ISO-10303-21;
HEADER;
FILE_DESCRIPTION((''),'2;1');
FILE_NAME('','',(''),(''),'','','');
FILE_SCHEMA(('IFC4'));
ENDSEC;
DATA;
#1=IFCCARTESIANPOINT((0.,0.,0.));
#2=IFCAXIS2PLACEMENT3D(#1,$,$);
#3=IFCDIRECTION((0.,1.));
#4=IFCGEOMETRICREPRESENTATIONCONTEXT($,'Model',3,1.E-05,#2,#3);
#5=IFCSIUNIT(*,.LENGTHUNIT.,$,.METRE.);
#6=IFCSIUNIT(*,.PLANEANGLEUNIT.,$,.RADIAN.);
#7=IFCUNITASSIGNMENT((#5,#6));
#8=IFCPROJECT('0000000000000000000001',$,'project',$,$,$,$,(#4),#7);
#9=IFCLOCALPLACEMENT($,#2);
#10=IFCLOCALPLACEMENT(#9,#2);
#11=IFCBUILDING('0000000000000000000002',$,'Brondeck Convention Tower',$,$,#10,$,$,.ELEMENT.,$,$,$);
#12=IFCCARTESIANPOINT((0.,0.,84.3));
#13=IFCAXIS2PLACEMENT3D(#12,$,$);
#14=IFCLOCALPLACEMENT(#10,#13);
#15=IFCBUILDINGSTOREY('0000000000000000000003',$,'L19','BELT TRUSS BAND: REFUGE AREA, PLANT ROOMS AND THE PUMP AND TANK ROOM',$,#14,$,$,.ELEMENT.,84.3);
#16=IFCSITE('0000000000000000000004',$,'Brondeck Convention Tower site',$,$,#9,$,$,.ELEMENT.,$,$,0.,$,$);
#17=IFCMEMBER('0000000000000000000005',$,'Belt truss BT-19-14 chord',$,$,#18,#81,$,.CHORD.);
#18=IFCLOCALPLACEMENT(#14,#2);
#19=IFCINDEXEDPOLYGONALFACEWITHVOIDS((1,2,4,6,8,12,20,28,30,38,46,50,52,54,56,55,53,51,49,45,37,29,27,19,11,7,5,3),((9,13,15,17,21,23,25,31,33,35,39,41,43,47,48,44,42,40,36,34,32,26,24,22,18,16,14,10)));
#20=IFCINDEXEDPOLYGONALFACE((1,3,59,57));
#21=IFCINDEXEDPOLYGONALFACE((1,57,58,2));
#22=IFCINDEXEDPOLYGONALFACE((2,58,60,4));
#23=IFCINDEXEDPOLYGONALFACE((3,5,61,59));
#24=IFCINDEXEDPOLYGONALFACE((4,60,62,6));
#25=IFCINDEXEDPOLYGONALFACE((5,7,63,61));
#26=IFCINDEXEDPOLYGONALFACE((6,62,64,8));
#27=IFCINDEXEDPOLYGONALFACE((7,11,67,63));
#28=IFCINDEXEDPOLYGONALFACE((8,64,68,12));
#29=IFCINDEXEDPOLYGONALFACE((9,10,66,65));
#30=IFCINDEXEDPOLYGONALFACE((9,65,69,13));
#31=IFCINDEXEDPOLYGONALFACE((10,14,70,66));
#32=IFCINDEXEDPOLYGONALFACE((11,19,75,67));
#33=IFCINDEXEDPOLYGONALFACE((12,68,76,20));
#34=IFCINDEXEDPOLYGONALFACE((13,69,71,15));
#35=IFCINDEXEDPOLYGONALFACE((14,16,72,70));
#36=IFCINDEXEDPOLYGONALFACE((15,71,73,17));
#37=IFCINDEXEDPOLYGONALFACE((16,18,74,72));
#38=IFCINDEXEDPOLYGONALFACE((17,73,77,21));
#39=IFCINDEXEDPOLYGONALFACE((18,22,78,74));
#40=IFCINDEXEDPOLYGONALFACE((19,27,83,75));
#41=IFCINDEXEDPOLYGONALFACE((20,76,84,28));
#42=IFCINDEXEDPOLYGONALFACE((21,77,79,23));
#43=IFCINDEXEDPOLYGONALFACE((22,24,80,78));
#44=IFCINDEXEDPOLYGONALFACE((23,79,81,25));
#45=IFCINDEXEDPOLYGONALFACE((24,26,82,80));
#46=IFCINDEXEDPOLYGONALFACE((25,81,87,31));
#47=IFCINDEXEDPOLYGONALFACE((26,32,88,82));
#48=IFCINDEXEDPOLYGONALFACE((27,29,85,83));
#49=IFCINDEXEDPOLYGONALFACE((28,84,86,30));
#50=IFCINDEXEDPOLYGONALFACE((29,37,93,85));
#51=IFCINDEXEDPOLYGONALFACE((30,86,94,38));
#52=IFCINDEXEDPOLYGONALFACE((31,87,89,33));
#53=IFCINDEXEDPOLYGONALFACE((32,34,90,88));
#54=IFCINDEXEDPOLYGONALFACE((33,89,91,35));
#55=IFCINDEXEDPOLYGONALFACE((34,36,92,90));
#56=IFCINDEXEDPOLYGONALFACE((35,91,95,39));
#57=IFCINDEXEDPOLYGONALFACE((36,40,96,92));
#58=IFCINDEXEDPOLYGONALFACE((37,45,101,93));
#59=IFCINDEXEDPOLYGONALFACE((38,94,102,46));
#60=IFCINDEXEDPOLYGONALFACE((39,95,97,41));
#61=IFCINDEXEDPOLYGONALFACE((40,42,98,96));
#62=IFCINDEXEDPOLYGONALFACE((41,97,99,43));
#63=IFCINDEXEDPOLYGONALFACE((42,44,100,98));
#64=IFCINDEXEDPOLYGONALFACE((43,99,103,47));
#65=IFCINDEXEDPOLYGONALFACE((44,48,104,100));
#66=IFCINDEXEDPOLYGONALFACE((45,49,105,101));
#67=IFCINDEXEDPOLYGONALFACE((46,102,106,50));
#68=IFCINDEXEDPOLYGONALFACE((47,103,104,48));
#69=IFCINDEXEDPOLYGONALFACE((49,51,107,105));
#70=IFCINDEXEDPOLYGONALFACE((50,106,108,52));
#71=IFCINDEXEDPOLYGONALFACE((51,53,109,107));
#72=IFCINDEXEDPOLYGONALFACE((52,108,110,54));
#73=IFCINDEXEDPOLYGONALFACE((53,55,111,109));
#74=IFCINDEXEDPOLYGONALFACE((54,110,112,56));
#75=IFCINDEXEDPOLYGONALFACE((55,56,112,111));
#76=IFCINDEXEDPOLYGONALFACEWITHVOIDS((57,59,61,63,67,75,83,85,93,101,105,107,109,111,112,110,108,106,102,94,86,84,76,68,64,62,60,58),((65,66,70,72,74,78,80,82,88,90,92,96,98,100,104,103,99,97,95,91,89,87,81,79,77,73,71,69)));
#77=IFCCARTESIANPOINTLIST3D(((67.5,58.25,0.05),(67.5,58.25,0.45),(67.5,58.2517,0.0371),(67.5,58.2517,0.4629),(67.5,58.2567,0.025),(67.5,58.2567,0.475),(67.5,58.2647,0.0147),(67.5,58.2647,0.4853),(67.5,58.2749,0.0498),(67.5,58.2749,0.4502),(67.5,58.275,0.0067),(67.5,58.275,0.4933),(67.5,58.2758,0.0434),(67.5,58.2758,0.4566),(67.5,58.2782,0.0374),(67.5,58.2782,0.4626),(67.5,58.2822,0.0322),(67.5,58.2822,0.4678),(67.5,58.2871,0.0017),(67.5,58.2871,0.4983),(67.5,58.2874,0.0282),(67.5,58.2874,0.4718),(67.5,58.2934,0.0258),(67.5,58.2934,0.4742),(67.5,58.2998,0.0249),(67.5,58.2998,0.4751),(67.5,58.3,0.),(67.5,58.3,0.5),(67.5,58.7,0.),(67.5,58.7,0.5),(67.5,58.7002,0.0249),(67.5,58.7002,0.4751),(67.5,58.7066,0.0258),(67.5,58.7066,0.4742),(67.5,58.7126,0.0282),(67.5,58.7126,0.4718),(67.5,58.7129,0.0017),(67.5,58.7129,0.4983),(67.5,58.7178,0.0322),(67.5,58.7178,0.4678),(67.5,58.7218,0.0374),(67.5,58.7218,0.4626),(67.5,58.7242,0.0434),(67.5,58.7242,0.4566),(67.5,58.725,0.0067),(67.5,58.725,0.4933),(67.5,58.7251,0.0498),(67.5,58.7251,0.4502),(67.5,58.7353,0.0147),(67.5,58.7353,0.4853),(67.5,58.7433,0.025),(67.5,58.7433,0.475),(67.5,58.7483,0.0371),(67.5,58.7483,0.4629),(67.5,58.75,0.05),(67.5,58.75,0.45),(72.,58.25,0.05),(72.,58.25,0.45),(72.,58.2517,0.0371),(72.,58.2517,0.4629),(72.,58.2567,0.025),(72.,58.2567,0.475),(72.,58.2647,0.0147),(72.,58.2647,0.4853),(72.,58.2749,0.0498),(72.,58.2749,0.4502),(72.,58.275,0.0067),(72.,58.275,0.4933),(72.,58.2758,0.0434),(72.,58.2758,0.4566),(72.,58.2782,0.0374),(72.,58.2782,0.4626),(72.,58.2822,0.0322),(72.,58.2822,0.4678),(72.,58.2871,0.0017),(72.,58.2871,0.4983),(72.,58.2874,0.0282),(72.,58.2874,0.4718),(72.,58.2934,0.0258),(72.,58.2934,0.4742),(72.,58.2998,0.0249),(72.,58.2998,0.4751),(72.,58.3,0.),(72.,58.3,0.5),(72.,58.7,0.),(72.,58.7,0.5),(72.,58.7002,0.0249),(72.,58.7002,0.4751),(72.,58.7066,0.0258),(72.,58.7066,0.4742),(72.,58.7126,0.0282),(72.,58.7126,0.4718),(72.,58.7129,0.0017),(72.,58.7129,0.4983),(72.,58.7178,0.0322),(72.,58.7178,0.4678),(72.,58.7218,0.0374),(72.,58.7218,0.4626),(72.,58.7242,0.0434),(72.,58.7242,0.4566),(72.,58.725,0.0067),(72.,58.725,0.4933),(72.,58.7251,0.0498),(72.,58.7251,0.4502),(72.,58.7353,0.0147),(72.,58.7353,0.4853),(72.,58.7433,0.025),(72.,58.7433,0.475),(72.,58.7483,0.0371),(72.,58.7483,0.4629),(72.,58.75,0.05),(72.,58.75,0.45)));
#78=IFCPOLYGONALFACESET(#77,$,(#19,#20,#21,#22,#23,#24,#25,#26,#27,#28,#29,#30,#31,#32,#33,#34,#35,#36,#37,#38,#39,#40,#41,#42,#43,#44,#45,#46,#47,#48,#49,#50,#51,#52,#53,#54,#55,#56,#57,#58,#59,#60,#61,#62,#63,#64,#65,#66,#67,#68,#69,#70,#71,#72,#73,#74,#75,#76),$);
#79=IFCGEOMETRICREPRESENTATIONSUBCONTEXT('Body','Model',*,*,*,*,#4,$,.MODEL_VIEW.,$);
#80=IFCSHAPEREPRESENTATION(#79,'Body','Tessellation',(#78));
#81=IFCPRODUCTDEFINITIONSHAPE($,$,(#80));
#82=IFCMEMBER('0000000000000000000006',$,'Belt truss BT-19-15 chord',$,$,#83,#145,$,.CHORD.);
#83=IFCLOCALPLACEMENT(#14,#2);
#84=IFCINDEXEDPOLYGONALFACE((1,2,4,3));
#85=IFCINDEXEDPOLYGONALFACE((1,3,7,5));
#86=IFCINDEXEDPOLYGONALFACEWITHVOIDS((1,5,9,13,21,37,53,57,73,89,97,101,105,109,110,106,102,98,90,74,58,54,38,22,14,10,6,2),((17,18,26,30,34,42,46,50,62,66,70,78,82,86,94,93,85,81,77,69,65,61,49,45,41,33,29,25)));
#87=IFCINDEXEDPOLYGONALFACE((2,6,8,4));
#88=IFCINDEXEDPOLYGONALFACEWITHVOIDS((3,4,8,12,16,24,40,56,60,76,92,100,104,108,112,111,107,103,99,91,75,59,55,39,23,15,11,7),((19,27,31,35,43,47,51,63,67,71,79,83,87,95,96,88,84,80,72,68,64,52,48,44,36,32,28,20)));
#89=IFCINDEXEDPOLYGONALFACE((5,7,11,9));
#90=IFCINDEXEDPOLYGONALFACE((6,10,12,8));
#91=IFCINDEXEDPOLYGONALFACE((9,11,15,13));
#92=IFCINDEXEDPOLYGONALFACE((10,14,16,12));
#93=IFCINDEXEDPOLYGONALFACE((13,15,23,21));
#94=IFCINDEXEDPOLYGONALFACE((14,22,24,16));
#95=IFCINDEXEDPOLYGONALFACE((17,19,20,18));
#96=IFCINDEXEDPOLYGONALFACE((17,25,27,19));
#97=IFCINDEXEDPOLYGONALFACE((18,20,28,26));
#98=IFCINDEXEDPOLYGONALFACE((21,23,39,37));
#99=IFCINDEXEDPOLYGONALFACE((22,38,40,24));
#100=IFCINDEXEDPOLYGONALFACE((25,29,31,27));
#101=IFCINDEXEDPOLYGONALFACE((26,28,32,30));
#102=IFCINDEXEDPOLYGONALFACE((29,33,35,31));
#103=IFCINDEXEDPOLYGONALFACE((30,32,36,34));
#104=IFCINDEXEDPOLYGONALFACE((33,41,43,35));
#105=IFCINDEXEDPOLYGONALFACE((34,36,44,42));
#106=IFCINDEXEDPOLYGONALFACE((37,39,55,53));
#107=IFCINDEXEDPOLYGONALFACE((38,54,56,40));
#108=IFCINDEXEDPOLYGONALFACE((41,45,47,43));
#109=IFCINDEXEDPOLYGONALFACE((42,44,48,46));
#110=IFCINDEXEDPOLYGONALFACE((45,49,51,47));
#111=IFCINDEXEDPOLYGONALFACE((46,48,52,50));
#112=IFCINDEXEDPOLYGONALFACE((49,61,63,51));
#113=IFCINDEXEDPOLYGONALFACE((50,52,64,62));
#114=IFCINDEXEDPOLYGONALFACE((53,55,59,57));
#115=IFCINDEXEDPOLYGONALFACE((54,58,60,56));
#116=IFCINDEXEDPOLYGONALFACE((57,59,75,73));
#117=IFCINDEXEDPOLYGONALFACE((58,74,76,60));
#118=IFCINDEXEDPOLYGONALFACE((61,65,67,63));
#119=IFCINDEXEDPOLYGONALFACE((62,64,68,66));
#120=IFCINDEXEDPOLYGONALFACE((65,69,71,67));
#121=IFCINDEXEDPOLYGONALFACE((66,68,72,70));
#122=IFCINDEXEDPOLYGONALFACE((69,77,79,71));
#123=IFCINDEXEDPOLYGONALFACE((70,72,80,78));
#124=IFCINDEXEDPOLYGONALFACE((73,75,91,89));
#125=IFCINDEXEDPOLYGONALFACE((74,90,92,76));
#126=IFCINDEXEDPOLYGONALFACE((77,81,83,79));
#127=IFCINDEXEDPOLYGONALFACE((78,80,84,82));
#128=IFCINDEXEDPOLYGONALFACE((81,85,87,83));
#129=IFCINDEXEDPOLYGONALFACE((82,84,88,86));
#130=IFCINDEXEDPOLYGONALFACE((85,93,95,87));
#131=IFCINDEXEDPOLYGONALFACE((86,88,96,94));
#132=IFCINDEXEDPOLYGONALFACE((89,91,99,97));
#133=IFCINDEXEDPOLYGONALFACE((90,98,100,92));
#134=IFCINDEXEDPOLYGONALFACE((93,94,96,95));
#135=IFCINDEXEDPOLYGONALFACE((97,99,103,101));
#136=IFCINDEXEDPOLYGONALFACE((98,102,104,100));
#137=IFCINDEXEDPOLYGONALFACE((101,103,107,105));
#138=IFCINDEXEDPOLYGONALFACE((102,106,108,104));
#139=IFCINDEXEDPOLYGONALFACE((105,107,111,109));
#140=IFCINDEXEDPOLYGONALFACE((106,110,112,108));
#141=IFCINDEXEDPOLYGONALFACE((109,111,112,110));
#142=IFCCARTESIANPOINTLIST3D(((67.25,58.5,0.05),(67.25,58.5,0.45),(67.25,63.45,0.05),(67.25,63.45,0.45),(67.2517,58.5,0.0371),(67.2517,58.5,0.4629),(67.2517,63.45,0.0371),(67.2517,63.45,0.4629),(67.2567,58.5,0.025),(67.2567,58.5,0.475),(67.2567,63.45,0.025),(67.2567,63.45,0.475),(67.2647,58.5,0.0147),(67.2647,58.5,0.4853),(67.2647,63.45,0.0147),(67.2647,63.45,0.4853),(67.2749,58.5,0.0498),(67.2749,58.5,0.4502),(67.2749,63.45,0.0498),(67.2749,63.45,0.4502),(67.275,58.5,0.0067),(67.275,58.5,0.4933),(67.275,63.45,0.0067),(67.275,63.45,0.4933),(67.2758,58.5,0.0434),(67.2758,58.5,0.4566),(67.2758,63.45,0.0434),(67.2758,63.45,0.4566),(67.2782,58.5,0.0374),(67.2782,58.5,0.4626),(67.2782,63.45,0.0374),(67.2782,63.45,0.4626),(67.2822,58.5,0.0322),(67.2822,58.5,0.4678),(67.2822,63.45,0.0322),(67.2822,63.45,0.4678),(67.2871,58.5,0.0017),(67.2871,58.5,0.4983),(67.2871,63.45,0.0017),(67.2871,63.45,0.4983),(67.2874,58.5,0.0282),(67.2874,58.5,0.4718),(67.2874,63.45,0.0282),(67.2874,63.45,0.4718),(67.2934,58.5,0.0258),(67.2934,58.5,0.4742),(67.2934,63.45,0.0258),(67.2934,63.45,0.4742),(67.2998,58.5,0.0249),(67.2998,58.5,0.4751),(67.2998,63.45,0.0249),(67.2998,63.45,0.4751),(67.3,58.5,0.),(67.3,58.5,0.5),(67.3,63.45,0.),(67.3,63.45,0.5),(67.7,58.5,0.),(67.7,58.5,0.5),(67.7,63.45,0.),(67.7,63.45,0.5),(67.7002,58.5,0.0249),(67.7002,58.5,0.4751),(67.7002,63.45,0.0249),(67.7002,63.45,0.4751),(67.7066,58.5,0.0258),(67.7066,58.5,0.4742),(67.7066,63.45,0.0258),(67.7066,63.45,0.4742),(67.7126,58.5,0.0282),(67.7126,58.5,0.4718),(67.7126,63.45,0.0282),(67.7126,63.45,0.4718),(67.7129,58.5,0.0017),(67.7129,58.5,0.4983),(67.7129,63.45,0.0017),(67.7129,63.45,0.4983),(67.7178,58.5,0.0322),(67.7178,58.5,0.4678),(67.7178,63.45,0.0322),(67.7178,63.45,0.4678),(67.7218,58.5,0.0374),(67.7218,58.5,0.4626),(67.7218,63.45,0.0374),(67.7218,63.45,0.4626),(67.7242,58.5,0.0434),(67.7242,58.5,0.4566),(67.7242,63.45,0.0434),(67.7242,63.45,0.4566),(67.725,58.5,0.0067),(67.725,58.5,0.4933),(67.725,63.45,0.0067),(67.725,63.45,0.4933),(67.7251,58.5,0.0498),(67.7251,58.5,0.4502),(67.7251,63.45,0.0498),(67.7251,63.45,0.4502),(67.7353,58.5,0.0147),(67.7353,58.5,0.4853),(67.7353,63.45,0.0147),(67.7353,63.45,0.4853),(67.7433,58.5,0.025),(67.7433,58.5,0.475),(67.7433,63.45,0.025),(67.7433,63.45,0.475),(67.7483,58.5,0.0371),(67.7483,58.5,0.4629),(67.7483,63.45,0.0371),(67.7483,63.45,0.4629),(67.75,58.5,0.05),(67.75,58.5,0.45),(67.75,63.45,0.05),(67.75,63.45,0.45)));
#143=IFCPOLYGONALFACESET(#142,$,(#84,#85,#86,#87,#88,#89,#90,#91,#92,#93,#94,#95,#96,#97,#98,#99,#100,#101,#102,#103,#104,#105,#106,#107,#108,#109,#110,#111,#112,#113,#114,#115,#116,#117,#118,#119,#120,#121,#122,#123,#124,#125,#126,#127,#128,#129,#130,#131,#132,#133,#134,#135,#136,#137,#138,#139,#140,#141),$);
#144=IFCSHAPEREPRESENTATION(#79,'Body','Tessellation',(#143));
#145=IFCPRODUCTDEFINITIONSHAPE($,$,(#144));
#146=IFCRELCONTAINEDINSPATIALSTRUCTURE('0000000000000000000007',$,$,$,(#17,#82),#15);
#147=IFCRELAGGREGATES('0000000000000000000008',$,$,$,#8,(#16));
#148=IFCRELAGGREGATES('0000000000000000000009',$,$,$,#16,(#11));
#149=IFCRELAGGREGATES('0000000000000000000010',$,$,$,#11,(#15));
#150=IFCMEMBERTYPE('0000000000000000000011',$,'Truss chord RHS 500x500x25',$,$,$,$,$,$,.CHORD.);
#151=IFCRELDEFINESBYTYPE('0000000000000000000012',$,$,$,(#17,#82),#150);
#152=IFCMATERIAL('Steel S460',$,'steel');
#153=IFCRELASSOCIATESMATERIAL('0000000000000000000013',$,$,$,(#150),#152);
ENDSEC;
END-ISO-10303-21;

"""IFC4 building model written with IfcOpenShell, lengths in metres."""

from ifc_helpers import new_model, si_unit, direction, frame, origin, origin_2d, place, context, subcontext, project, spatial, hollow_rectangle, extrude, material, material_profile, profile_set, type_object, element, save


model = new_model("IFC4")

# Units and contexts
model_context = context("Model", 3, precision=1e-05, world=origin(), true_north=direction((0.0, 1.0)))
body_context = subcontext(model_context, "Body", "Model", "MODEL_VIEW")
ifc_project = project(units=[si_unit("LENGTHUNIT", "METRE"), si_unit("PLANEANGLEUNIT", "RADIAN")], contexts=[model_context])

# Site, building, storey
site_placement = place(None, origin())
site = spatial("IfcSite", under=ifc_project, at=site_placement, Name="Brondeck Convention Tower site", CompositionType="ELEMENT", RefElevation=0.0)
building_placement = place(site_placement, origin())
building = spatial("IfcBuilding", under=site, at=building_placement, Name="Brondeck Convention Tower", CompositionType="ELEMENT")
storey_placement = place(building_placement, frame((0.0, 0.0, 84.3)))
storey = spatial("IfcBuildingStorey", under=building, at=storey_placement, Name="L19", Description="BELT TRUSS BAND: REFUGE AREA, PLANT ROOMS AND THE PUMP AND TANK ROOM", CompositionType="ELEMENT", Elevation=84.3)

# Shared definitions
ifc_material_1 = material(Name="Steel S460", Category="steel")

# Members
ifc_material_profile_1 = material_profile(ifc_material_1, hollow_rectangle(XDim=0.5, YDim=0.5, WallThickness=0.0249, InnerFilletRadius=0.0249, OuterFilletRadius=0.05, at=origin_2d()), Name="RHS 500x500x25")
ifc_profile_set_1 = profile_set([ifc_material_profile_1], Name="Steel S460")
member_type_1 = type_object("IfcMemberType", Name="Truss chord RHS 500x500x25", PredefinedType="CHORD", material=ifc_profile_set_1)
member_1_placement = place(storey_placement, frame((72.0, 58.5, 0.25), z_axis=(-1.0, 0.0, 0.0), x_axis=(0.0, -1.0, 0.0)))
element("IfcMember", 1, at=member_1_placement, inside=storey, type_object=member_type_1, Name="Belt truss BT-19-14 chord", PredefinedType="CHORD", context=body_context, shape_type="SweptSolid", body=[
    extrude(hollow_rectangle(XDim=0.5, YDim=0.5, WallThickness=0.0249, InnerFilletRadius=0.0249, OuterFilletRadius=0.05, at=origin_2d()), origin(), (0.0, 0.0, 1.0), 4.5),
])
member_2_placement = place(storey_placement, frame((67.5, 58.5, 0.25), z_axis=(0.0, 1.0, 0.0), x_axis=(-1.0, 0.0, 0.0)))
element("IfcMember", 2, at=member_2_placement, inside=storey, type_object=member_type_1, Name="Belt truss BT-19-15 chord", PredefinedType="CHORD", context=body_context, shape_type="SweptSolid", body=[
    extrude(hollow_rectangle(XDim=0.5, YDim=0.5, WallThickness=0.0249, InnerFilletRadius=0.0249, OuterFilletRadius=0.05, at=origin_2d()), origin(), (0.0, 0.0, 1.0), 4.95),
])

save(model, "model.ifc")
